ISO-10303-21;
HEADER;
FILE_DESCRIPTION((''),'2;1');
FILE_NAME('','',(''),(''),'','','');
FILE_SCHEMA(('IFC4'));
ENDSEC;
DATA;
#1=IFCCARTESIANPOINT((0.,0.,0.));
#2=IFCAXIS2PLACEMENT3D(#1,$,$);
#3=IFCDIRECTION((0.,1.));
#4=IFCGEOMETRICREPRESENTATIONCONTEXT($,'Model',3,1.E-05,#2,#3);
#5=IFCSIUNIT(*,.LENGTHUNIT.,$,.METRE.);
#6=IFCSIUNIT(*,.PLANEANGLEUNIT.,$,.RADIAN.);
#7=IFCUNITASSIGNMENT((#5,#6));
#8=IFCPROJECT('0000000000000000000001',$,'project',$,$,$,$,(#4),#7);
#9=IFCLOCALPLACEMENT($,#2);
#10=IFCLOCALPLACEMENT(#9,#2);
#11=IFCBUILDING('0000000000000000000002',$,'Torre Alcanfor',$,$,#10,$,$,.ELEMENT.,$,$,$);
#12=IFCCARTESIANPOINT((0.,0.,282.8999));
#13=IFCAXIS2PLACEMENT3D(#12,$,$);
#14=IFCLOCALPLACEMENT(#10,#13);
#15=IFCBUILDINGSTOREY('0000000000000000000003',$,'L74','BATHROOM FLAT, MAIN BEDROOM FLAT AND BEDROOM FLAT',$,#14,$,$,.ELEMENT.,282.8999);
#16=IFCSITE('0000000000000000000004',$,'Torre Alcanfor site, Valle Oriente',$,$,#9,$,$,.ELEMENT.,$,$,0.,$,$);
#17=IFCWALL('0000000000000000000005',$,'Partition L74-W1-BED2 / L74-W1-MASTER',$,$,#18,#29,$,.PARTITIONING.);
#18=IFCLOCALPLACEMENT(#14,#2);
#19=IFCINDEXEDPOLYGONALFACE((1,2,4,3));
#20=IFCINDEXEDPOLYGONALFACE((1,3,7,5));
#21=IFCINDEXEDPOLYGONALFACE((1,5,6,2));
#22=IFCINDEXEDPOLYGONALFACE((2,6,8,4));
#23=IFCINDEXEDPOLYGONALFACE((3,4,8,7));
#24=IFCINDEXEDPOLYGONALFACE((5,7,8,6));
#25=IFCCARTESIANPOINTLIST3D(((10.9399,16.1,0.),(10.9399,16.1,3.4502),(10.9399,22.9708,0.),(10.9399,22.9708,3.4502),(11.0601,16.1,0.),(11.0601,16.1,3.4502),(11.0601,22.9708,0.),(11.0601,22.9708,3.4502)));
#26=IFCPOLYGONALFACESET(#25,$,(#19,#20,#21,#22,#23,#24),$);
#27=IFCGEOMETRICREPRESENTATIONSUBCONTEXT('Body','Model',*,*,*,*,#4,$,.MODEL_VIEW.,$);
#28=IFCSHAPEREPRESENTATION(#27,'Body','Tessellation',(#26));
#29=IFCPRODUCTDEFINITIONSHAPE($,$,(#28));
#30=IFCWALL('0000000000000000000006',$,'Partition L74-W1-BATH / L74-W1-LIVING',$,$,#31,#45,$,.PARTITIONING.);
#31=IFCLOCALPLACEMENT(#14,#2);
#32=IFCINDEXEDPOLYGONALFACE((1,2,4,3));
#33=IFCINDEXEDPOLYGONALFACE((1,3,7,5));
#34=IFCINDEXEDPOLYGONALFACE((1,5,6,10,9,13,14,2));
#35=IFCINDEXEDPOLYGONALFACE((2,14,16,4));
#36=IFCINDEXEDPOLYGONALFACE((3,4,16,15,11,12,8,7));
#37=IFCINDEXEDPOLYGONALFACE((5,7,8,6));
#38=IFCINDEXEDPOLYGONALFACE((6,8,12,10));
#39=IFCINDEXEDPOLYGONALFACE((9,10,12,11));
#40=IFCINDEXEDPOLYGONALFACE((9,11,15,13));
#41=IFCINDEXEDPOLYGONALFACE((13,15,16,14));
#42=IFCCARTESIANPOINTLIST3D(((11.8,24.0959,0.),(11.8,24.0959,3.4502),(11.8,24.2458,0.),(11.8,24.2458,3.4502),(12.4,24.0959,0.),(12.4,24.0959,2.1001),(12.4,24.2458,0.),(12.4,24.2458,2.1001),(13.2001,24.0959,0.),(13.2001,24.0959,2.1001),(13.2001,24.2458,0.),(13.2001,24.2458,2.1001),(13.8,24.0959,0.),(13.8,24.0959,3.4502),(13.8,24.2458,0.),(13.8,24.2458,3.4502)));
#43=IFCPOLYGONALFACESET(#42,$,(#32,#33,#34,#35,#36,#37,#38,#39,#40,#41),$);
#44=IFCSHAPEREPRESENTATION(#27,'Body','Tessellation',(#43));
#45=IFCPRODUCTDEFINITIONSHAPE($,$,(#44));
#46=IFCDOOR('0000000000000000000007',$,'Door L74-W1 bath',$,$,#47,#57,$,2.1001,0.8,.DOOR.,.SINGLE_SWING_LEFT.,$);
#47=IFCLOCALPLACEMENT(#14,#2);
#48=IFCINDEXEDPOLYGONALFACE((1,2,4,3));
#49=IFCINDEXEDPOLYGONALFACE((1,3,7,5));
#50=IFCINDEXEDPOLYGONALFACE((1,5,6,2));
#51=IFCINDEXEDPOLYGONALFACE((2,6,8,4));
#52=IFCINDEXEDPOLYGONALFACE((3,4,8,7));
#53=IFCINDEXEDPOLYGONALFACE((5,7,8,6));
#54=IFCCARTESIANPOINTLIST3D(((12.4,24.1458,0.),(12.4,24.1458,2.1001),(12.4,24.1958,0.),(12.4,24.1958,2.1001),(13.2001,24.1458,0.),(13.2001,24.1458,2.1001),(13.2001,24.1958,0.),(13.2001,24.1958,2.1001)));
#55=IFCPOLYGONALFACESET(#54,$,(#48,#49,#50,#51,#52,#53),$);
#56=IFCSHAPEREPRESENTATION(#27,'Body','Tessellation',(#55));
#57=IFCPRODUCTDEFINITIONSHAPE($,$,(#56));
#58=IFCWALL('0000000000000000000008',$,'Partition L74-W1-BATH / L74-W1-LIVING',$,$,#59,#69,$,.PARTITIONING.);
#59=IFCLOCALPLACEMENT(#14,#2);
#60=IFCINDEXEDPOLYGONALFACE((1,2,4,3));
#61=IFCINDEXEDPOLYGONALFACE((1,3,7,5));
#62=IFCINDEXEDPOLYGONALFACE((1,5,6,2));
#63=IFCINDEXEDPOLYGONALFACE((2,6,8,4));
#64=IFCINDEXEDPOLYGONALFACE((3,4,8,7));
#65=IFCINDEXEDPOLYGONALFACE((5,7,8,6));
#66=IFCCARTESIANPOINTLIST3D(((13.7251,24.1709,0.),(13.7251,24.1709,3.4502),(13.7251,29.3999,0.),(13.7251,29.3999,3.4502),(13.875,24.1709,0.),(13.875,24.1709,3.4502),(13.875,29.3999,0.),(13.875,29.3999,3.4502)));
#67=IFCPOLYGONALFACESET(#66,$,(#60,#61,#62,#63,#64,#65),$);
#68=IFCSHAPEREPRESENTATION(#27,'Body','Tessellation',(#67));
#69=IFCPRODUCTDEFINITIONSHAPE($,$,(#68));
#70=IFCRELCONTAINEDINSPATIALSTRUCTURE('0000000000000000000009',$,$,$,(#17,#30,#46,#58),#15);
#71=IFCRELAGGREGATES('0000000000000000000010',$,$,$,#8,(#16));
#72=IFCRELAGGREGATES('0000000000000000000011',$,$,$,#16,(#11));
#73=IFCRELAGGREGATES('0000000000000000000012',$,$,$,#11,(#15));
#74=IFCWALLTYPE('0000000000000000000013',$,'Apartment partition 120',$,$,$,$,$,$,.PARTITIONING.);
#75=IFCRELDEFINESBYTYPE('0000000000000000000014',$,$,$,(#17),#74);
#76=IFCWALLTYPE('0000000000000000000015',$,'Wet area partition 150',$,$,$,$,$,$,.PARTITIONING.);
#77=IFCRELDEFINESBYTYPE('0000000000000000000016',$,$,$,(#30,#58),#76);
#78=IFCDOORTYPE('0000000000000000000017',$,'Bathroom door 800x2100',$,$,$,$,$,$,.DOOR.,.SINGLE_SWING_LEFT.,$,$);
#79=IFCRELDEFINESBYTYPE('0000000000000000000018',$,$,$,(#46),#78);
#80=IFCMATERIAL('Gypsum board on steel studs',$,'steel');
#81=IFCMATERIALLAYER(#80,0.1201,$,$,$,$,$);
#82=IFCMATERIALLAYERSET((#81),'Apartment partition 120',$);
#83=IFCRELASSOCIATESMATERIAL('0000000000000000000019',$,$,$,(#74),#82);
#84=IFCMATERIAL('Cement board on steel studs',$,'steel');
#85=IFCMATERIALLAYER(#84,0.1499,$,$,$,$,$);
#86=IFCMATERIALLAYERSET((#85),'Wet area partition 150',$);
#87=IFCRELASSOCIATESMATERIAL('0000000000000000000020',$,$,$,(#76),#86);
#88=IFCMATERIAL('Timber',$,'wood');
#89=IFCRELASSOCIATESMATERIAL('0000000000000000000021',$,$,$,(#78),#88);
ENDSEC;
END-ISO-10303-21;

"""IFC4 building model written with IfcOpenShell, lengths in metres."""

from ifc_helpers import new_model, si_unit, direction, frame, frame_2d, origin, place, context, subcontext, project, spatial, rectangle, extrude, material, layer, layer_set, type_object, element, fill, save


model = new_model("IFC4")

# Units and contexts
model_context = context("Model", 3, precision=1e-05, world=origin(), true_north=direction((0.0, 1.0)))
body_context = subcontext(model_context, "Body", "Model", "MODEL_VIEW")
ifc_project = project(units=[si_unit("LENGTHUNIT", "METRE"), si_unit("PLANEANGLEUNIT", "RADIAN")], contexts=[model_context])

# Site, building, storey
site_placement = place(None, origin())
site = spatial("IfcSite", under=ifc_project, at=site_placement, Name="Torre Alcanfor site, Valle Oriente", CompositionType="ELEMENT", RefElevation=0.0)
building_placement = place(site_placement, origin())
building = spatial("IfcBuilding", under=site, at=building_placement, Name="Torre Alcanfor", CompositionType="ELEMENT")
storey_placement = place(building_placement, frame((0.0, 0.0, 282.8999)))
storey = spatial("IfcBuildingStorey", under=building, at=storey_placement, Name="L74", Description="BATHROOM FLAT, MAIN BEDROOM FLAT AND BEDROOM FLAT", CompositionType="ELEMENT", Elevation=282.8999)

# Shared definitions
ifc_material_1 = material(Name="Gypsum board on steel studs", Category="steel")
ifc_layer_1 = layer(ifc_material_1, 0.1201)
ifc_layer_set_1 = layer_set([ifc_layer_1], Name="Apartment partition 120")
wall_type_1 = type_object("IfcWallType", Name="Apartment partition 120", PredefinedType="PARTITIONING", material=ifc_layer_set_1)

# Wall
wall_1_placement = place(storey_placement, frame((11.0, 22.9709, 0.0), z_axis=(0.0, 0.0, 1.0), x_axis=(0.0, -1.0, 0.0)))
element("IfcWall", 1, at=wall_1_placement, inside=storey, type_object=wall_type_1, Name="Partition L74-W1-BED2 / L74-W1-MASTER", PredefinedType="PARTITIONING", context=body_context, shape_type="SweptSolid", body=[
    extrude(rectangle(XDim=6.8708, YDim=0.1201, at=frame_2d((3.4355, 0.0))), origin(), (0.0, 0.0, 1.0), 3.4502),
])

# Wall, opening, door
ifc_material_2 = material(Name="Cement board on steel studs", Category="steel")
ifc_layer_2 = layer(ifc_material_2, 0.1499)
ifc_layer_set_2 = layer_set([ifc_layer_2], Name="Wet area partition 150")
wall_type_2 = type_object("IfcWallType", Name="Wet area partition 150", PredefinedType="PARTITIONING", material=ifc_layer_set_2)
wall_2_placement = place(storey_placement, frame((11.8, 24.1709, 0.0), z_axis=(0.0, 0.0, 1.0), x_axis=(1.0, 0.0, 0.0)))
wall_2 = element("IfcWall", 2, at=wall_2_placement, inside=storey, type_object=wall_type_2, Name="Partition L74-W1-BATH / L74-W1-LIVING", PredefinedType="PARTITIONING", context=body_context, shape_type="SweptSolid", body=[
    extrude(rectangle(XDim=2.0, YDim=0.1499, at=frame_2d((1.0, 0.0))), origin(), (0.0, 0.0, 1.0), 3.4502),
])
opening_1_placement = place(wall_2_placement, frame((0.6001, 0.0, 0.0)))
opening_1 = element("IfcOpeningElement", 3, at=opening_1_placement, cuts=wall_2, PredefinedType="OPENING", context=body_context, shape_type="SweptSolid", body=[
    extrude(rectangle(XDim=0.8, YDim=2.1001, at=frame_2d((0.3999, 1.05))), frame((0.0, 0.085, 0.0), z_axis=(0.0, -1.0, 0.0), x_axis=(1.0, 0.0, 0.0)), (0.0, 0.0, 1.0), 0.1699),
])
ifc_material_3 = material(Name="Timber", Category="wood")
door_type_1 = type_object("IfcDoorType", Name="Bathroom door 800x2100", OperationType="SINGLE_SWING_LEFT", PredefinedType="DOOR", material=ifc_material_3)
door_1_placement = place(opening_1_placement, origin())
door_1 = element("IfcDoor", 4, at=door_1_placement, inside=storey, type_object=door_type_1, Name="Door L74-W1 bath", OperationType="SINGLE_SWING_LEFT", OverallHeight=2.1001, OverallWidth=0.8, PredefinedType="DOOR", context=body_context, shape_type="SweptSolid", body=[
    extrude(rectangle(XDim=0.8, YDim=2.1001, at=frame_2d((0.3999, 1.05))), frame((0.0, 0.0249, 0.0), z_axis=(0.0, -1.0, 0.0), x_axis=(1.0, 0.0, 0.0)), (0.0, 0.0, 1.0), 0.05),
])
fill(opening_1, door_1)

# Wall
wall_3_placement = place(storey_placement, frame((13.8, 24.1709, 0.0), z_axis=(0.0, 0.0, 1.0), x_axis=(0.0, 1.0, 0.0)))
element("IfcWall", 5, at=wall_3_placement, inside=storey, type_object=wall_type_2, Name="Partition L74-W1-BATH / L74-W1-LIVING", PredefinedType="PARTITIONING", context=body_context, shape_type="SweptSolid", body=[
    extrude(rectangle(XDim=5.229, YDim=0.1499, at=frame_2d((2.6145, 0.0))), origin(), (0.0, 0.0, 1.0), 3.4502),
])

save(model, "model.ifc")
